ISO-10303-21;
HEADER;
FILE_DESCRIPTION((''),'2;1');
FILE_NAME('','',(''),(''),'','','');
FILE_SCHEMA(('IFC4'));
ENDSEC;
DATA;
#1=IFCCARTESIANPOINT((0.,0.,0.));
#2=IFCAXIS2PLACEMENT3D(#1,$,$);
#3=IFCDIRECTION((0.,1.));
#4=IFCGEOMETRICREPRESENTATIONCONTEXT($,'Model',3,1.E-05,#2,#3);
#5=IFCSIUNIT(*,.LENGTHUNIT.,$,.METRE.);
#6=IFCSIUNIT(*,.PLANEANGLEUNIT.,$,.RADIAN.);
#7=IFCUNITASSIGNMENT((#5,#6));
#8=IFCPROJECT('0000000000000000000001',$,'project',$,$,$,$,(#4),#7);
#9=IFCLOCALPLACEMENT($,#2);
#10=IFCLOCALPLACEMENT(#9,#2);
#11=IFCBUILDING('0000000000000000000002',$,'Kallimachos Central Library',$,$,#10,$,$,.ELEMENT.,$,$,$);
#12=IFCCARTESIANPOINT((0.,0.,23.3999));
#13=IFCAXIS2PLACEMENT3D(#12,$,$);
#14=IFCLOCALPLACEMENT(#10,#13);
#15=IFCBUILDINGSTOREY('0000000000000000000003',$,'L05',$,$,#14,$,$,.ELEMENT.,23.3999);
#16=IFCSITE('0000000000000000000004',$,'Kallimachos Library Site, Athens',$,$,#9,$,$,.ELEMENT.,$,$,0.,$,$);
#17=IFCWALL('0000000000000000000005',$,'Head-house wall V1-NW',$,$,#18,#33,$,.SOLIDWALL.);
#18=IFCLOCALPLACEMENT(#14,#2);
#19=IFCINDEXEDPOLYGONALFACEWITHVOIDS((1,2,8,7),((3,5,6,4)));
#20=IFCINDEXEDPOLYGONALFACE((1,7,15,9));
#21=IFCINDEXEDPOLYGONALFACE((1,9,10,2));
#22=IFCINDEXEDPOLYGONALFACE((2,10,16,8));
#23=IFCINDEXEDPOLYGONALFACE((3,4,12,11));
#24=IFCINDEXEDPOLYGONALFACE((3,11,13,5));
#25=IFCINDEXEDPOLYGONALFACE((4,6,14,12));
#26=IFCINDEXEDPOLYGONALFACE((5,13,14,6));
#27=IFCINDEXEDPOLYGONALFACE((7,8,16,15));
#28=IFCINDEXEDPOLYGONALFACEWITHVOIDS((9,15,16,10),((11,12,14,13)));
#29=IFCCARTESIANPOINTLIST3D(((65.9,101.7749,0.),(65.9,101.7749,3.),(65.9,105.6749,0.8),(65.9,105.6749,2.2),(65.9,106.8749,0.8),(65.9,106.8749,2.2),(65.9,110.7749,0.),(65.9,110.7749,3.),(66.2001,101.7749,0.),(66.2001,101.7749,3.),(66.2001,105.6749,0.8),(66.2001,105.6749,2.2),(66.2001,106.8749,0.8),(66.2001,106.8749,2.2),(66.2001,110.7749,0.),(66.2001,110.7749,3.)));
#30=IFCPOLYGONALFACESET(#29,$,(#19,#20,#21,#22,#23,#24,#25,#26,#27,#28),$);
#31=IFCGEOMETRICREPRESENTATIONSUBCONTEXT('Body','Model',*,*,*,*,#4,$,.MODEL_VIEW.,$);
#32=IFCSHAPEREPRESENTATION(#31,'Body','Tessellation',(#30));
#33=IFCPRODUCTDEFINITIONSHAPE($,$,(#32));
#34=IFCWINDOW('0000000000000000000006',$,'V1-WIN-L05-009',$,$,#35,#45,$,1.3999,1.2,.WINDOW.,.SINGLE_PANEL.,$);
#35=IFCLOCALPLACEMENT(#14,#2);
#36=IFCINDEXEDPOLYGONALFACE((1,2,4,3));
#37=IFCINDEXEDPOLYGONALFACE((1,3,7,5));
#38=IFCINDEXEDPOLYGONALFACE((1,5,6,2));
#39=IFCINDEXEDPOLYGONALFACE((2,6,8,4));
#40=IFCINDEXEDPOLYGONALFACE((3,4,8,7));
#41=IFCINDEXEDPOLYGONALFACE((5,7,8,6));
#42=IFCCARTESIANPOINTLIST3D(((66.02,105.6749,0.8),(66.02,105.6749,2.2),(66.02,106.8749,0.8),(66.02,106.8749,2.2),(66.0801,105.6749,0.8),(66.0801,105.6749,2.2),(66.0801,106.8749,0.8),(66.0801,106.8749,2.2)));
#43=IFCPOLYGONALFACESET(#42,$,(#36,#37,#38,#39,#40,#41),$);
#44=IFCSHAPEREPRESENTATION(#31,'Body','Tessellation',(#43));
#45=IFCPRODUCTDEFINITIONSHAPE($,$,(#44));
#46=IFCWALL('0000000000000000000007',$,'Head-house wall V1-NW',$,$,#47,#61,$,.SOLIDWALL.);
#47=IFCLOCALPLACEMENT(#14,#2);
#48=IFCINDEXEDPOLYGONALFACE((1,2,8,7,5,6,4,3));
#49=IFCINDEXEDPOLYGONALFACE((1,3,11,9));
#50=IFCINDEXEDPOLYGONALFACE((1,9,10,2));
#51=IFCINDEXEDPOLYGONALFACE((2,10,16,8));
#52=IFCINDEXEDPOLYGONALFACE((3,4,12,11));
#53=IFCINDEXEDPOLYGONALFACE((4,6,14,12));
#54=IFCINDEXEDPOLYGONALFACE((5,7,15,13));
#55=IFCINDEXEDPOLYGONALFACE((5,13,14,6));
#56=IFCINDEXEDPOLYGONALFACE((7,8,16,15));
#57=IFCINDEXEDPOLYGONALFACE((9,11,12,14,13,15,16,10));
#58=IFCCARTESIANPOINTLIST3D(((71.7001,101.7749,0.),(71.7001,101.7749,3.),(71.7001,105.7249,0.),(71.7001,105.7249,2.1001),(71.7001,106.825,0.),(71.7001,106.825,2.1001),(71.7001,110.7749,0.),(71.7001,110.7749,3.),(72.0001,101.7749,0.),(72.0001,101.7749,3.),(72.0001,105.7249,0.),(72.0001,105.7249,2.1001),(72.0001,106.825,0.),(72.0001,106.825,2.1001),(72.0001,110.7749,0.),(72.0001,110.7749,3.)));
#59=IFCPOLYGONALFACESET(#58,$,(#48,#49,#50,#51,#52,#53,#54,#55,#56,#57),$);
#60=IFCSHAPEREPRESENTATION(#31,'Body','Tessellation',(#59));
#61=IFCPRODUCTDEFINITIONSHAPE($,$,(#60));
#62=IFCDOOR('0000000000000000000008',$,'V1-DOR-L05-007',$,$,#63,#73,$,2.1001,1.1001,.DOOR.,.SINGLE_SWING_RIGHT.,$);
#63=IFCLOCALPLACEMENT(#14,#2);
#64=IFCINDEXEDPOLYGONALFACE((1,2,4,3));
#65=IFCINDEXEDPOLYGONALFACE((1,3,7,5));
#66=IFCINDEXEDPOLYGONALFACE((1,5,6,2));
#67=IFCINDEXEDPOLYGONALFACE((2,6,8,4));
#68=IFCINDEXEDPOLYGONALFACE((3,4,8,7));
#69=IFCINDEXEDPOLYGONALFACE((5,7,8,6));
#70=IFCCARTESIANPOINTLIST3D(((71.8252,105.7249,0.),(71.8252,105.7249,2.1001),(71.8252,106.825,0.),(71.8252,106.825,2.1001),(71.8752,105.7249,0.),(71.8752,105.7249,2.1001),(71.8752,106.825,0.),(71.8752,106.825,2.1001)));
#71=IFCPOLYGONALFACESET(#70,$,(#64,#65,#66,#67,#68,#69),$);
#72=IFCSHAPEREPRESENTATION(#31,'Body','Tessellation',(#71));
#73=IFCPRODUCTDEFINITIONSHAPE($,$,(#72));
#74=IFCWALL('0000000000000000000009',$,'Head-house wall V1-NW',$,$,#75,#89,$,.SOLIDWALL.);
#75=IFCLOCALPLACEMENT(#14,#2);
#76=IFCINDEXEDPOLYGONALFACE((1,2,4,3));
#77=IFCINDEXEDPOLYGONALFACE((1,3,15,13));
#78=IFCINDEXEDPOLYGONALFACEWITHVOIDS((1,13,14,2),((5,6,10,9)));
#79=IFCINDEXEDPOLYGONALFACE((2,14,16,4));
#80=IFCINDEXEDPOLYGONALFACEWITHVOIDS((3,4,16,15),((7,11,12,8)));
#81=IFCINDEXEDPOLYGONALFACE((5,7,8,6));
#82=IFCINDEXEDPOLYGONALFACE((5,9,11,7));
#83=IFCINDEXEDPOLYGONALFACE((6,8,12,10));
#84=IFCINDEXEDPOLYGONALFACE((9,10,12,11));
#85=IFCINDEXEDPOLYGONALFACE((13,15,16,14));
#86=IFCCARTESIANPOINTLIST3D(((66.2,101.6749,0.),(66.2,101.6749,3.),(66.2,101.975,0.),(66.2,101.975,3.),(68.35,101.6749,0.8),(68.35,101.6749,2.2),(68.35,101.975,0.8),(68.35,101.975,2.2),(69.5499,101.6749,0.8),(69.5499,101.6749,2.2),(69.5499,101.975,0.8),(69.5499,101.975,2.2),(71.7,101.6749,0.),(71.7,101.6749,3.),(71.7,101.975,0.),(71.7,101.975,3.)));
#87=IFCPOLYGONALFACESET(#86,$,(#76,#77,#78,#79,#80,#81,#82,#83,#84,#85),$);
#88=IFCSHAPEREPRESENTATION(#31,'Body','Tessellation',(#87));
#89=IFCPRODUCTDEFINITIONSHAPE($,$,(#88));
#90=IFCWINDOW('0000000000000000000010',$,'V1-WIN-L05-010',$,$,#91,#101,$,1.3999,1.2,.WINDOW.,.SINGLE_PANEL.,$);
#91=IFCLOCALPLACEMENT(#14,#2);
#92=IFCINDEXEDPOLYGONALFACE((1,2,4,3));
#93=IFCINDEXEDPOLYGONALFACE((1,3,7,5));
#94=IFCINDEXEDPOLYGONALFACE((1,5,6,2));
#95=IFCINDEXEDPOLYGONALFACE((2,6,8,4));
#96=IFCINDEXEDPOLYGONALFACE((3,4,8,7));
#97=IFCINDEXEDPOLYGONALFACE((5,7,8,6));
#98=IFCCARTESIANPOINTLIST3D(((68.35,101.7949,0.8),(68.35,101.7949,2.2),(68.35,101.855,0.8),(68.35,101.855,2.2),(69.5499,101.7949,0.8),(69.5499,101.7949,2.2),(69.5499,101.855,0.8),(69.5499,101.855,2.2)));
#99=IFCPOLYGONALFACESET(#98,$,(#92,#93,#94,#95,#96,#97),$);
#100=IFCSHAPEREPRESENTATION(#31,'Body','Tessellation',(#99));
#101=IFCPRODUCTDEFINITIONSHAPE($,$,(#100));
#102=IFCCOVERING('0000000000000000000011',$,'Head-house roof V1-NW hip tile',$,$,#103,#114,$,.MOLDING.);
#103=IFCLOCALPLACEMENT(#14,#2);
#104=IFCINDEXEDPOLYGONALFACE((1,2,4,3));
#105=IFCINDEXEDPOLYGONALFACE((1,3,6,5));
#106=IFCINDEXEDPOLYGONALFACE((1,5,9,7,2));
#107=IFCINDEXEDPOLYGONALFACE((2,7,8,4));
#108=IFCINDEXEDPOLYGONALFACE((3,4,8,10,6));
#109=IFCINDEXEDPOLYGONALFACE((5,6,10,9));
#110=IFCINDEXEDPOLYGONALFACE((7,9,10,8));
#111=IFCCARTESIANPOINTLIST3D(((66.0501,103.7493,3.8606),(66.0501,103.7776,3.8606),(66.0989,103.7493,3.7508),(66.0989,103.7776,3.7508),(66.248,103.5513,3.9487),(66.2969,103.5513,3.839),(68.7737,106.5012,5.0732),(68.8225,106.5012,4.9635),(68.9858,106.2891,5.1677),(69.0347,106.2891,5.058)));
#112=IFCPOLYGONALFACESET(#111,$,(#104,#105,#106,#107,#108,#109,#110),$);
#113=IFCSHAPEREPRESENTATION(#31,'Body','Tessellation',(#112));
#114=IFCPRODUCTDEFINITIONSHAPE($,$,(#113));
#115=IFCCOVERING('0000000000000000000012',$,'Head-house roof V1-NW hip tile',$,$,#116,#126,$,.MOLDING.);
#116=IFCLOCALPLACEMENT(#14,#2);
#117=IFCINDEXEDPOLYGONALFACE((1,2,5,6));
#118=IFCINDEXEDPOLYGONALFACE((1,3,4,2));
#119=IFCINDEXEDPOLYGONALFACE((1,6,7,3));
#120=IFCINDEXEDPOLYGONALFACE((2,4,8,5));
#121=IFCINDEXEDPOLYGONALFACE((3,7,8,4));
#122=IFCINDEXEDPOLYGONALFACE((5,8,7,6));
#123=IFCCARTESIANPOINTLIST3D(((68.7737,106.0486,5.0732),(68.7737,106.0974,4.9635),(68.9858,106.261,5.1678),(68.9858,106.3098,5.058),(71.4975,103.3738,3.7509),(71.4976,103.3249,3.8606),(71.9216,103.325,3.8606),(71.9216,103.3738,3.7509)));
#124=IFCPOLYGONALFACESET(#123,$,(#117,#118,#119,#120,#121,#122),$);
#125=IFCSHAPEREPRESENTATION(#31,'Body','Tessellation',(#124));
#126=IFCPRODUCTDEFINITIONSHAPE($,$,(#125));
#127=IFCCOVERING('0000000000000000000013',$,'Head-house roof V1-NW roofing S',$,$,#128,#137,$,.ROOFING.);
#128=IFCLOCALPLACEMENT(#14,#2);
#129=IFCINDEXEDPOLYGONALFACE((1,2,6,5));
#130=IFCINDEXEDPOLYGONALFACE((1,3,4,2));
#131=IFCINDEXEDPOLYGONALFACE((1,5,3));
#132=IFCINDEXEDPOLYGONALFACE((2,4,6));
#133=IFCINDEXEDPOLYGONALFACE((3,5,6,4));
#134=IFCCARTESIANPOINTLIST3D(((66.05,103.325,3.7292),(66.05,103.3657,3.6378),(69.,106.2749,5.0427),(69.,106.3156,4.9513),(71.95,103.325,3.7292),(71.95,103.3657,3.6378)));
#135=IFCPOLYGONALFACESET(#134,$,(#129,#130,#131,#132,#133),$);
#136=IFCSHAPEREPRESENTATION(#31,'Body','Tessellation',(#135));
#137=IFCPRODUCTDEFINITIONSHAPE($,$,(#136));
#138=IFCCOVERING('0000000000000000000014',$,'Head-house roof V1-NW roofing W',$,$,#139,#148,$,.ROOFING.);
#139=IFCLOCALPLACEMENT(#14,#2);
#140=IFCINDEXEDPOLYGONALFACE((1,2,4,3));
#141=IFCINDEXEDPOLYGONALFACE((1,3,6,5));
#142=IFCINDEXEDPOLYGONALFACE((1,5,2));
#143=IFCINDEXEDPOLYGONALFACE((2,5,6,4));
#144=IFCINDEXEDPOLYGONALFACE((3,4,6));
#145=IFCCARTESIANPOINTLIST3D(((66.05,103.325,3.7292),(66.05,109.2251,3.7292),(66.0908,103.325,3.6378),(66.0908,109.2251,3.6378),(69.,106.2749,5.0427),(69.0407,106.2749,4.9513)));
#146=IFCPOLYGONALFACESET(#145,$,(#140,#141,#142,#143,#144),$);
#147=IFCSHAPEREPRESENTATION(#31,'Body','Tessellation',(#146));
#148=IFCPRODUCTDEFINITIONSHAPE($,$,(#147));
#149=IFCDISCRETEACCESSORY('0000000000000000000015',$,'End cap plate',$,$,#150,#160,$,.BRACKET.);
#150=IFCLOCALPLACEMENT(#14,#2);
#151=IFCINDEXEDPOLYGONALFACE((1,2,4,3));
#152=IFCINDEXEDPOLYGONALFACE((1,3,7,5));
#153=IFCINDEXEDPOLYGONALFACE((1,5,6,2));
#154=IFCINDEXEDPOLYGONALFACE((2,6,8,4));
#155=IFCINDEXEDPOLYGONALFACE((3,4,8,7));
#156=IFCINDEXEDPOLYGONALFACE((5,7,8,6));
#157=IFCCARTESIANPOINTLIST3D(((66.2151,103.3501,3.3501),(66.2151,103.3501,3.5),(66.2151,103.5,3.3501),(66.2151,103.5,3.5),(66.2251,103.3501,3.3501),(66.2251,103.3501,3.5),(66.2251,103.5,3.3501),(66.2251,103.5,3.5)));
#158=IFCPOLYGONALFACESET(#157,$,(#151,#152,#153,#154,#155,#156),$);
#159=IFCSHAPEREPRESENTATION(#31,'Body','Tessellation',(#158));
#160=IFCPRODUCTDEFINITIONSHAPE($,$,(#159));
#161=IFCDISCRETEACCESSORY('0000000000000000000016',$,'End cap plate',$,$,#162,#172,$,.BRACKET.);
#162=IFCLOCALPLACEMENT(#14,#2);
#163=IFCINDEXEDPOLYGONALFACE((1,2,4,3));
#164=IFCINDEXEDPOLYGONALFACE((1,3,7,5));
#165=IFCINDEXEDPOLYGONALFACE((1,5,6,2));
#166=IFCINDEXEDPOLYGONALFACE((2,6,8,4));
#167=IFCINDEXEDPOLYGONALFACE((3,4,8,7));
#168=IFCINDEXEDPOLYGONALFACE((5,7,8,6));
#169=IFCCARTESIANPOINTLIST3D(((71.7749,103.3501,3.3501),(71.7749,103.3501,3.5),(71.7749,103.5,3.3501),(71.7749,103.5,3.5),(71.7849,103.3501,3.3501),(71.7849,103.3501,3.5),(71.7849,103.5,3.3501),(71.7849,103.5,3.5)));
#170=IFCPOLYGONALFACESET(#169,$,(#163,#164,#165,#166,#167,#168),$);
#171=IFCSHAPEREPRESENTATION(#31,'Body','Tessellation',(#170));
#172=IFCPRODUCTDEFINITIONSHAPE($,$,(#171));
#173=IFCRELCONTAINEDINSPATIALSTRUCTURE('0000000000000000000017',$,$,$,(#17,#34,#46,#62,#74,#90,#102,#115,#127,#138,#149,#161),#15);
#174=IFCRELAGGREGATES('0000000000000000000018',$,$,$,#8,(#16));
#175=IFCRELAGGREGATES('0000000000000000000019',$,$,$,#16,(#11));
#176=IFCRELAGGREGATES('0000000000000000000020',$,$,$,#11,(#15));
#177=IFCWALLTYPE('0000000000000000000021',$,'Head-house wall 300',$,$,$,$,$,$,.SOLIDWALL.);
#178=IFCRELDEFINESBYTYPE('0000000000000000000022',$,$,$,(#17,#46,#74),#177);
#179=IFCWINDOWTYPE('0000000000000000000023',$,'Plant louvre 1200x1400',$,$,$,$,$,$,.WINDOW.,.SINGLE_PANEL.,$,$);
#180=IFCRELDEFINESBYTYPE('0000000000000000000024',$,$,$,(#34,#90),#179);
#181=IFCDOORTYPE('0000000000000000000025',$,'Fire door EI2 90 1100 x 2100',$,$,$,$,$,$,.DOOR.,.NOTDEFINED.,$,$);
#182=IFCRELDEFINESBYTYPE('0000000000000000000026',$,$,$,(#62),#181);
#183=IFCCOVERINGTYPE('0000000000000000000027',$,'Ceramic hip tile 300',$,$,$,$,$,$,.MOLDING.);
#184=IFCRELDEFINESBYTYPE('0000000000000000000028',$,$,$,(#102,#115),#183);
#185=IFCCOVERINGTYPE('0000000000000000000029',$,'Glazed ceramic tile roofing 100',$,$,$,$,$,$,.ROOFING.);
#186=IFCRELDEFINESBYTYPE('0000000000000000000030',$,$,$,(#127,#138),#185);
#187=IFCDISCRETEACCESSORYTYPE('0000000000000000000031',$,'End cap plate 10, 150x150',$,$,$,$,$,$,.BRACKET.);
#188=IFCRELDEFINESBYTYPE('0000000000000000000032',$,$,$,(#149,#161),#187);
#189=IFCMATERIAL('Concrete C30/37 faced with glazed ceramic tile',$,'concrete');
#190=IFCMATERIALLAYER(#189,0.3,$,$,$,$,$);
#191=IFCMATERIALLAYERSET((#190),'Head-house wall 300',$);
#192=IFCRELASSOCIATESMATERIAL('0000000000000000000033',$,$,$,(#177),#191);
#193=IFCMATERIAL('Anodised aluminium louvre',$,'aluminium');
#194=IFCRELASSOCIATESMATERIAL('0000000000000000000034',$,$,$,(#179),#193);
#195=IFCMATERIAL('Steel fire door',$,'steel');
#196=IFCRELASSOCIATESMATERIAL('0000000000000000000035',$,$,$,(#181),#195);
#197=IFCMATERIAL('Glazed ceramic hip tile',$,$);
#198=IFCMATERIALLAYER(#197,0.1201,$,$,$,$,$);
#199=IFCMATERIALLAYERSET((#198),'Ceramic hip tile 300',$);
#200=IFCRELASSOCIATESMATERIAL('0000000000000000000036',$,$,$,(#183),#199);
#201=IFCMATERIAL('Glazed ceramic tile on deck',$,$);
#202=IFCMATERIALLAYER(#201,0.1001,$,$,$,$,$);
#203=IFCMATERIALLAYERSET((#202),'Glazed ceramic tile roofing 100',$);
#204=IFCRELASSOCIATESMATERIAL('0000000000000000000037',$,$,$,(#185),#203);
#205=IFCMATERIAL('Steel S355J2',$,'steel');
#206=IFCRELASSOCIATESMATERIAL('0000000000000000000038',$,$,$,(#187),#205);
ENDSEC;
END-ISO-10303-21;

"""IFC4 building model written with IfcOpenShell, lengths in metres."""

from ifc_helpers import new_model, si_unit, direction, frame, frame_2d, origin, origin_2d, place, context, subcontext, project, spatial, polyline, rectangle, outline, extrude, material, layer, layer_set, material_profile, profile_set, type_object, element, fill, save


model = new_model("IFC4")

# Units and contexts
model_context = context("Model", 3, precision=1e-05, world=origin(), true_north=direction((0.0, 1.0)))
body_context = subcontext(model_context, "Body", "Model", "MODEL_VIEW")
ifc_project = project(units=[si_unit("LENGTHUNIT", "METRE"), si_unit("PLANEANGLEUNIT", "RADIAN")], contexts=[model_context])

# Site, building, storey
site_placement = place(None, origin())
site = spatial("IfcSite", under=ifc_project, at=site_placement, Name="Kallimachos Library Site, Athens", CompositionType="ELEMENT", RefElevation=0.0)
building_placement = place(site_placement, origin())
building = spatial("IfcBuilding", under=site, at=building_placement, Name="Kallimachos Central Library", CompositionType="ELEMENT")
storey_placement = place(building_placement, frame((0.0, 0.0, 23.3999)))
storey = spatial("IfcBuildingStorey", under=building, at=storey_placement, Name="L05", CompositionType="ELEMENT", Elevation=23.3999)

# Wall, opening, window
ifc_material_1 = material(Name="Concrete C30/37 faced with glazed ceramic tile", Category="concrete")
ifc_layer_1 = layer(ifc_material_1, 0.3)
ifc_layer_set_1 = layer_set([ifc_layer_1], Name="Head-house wall 300")
wall_type_1 = type_object("IfcWallType", Name="Head-house wall 300", PredefinedType="SOLIDWALL", material=ifc_layer_set_1)
wall_1_placement = place(storey_placement, frame((66.05, 101.7749, 0.0), z_axis=(0.0, 0.0, 1.0), x_axis=(0.0, 1.0, 0.0)))
wall_1 = element("IfcWall", 1, at=wall_1_placement, inside=storey, type_object=wall_type_1, Name="Head-house wall V1-NW", PredefinedType="SOLIDWALL", context=body_context, shape_type="SweptSolid", body=[
    extrude(rectangle(XDim=9.0, YDim=0.3, at=frame_2d((4.5, 0.0))), origin(), (0.0, 0.0, 1.0), 3.0),
])
opening_1_placement = place(wall_1_placement, frame((3.8999, 0.0, 0.8)))
opening_1 = element("IfcOpeningElement", 2, at=opening_1_placement, cuts=wall_1, PredefinedType="OPENING", context=body_context, shape_type="SweptSolid", body=[
    extrude(rectangle(XDim=1.2, YDim=1.3999, at=frame_2d((0.6001, 0.7))), frame((0.0, 0.1599, 0.0), z_axis=(0.0, -1.0, 0.0), x_axis=(1.0, 0.0, 0.0)), (0.0, 0.0, 1.0), 0.3201),
])
ifc_material_2 = material(Name="Anodised aluminium louvre", Category="aluminium")
window_type = type_object("IfcWindowType", Name="Plant louvre 1200x1400", PartitioningType="SINGLE_PANEL", PredefinedType="WINDOW", material=ifc_material_2)
window_1_placement = place(opening_1_placement, origin())
window_1 = element("IfcWindow", 3, at=window_1_placement, inside=storey, type_object=window_type, Name="V1-WIN-L05-009", OverallHeight=1.3999, OverallWidth=1.2, PartitioningType="SINGLE_PANEL", PredefinedType="WINDOW", context=body_context, shape_type="SweptSolid", body=[
    extrude(rectangle(XDim=1.2, YDim=1.3999, at=frame_2d((0.6001, 0.7))), frame((0.0, 0.03, 0.0), z_axis=(0.0, -1.0, 0.0), x_axis=(1.0, 0.0, 0.0)), (0.0, 0.0, 1.0), 0.0601),
])
fill(opening_1, window_1)

# Wall, opening, door
wall_2_placement = place(storey_placement, frame((71.8501, 101.7749, 0.0), z_axis=(0.0, 0.0, 1.0), x_axis=(0.0, 1.0, 0.0)))
wall_2 = element("IfcWall", 4, at=wall_2_placement, inside=storey, type_object=wall_type_1, Name="Head-house wall V1-NW", PredefinedType="SOLIDWALL", context=body_context, shape_type="SweptSolid", body=[
    extrude(rectangle(XDim=9.0, YDim=0.3, at=frame_2d((4.5, 0.0))), origin(), (0.0, 0.0, 1.0), 3.0),
])
opening_2_placement = place(wall_2_placement, frame((3.95, 0.0, 0.0)))
opening_2 = element("IfcOpeningElement", 5, at=opening_2_placement, cuts=wall_2, PredefinedType="OPENING", context=body_context, shape_type="SweptSolid", body=[
    extrude(rectangle(XDim=1.1001, YDim=2.1001, at=frame_2d((0.55, 1.05))), frame((0.0, 0.1599, 0.0), z_axis=(0.0, -1.0, 0.0), x_axis=(1.0, 0.0, 0.0)), (0.0, 0.0, 1.0), 0.3201),
])
ifc_material_3 = material(Name="Steel fire door", Category="steel")
door_type = type_object("IfcDoorType", Name="Fire door EI2 90 1100 x 2100", OperationType="NOTDEFINED", PredefinedType="DOOR", material=ifc_material_3)
door_placement = place(opening_2_placement, origin())
door = element("IfcDoor", 6, at=door_placement, inside=storey, type_object=door_type, Name="V1-DOR-L05-007", OperationType="SINGLE_SWING_RIGHT", OverallHeight=2.1001, OverallWidth=1.1001, PredefinedType="DOOR", context=body_context, shape_type="SweptSolid", body=[
    extrude(rectangle(XDim=1.1001, YDim=2.1001, at=frame_2d((0.55, 1.05))), frame((0.0, 0.0249, 0.0), z_axis=(0.0, -1.0, 0.0), x_axis=(1.0, 0.0, 0.0)), (0.0, 0.0, 1.0), 0.05),
])
fill(opening_2, door)

# Wall, opening, window
wall_3_placement = place(storey_placement, frame((66.2, 101.825, 0.0), z_axis=(0.0, 0.0, 1.0), x_axis=(1.0, 0.0, 0.0)))
wall_3 = element("IfcWall", 7, at=wall_3_placement, inside=storey, type_object=wall_type_1, Name="Head-house wall V1-NW", PredefinedType="SOLIDWALL", context=body_context, shape_type="SweptSolid", body=[
    extrude(rectangle(XDim=5.5, YDim=0.3, at=frame_2d((2.75, 0.0))), origin(), (0.0, 0.0, 1.0), 3.0),
])
opening_3_placement = place(wall_3_placement, frame((2.1499, 0.0, 0.8)))
opening_3 = element("IfcOpeningElement", 8, at=opening_3_placement, cuts=wall_3, PredefinedType="OPENING", context=body_context, shape_type="SweptSolid", body=[
    extrude(rectangle(XDim=1.2, YDim=1.3999, at=frame_2d((0.6001, 0.7))), frame((0.0, 0.1599, 0.0), z_axis=(0.0, -1.0, 0.0), x_axis=(1.0, 0.0, 0.0)), (0.0, 0.0, 1.0), 0.3201),
])
window_2_placement = place(opening_3_placement, origin())
window_2 = element("IfcWindow", 9, at=window_2_placement, inside=storey, type_object=window_type, Name="V1-WIN-L05-010", OverallHeight=1.3999, OverallWidth=1.2, PartitioningType="SINGLE_PANEL", PredefinedType="WINDOW", context=body_context, shape_type="SweptSolid", body=[
    extrude(rectangle(XDim=1.2, YDim=1.3999, at=frame_2d((0.6001, 0.7))), frame((0.0, 0.03, 0.0), z_axis=(0.0, -1.0, 0.0), x_axis=(1.0, 0.0, 0.0)), (0.0, 0.0, 1.0), 0.0601),
])
fill(opening_3, window_2)

# Coverings
ifc_material_4 = material(Name="Glazed ceramic hip tile")
ifc_layer_2 = layer(ifc_material_4, 0.1201)
ifc_layer_set_2 = layer_set([ifc_layer_2], Name="Ceramic hip tile 300")
covering_type_1 = type_object("IfcCoveringType", Name="Ceramic hip tile 300", PredefinedType="MOLDING", material=ifc_layer_set_2)
covering_1_placement = place(storey_placement, frame((66.248, 103.5513, 3.9487), z_axis=(-0.406744, 0.0, 0.913542), x_axis=(-0.674458, 0.674485, -0.300294)))
element("IfcCovering", 10, at=covering_1_placement, inside=storey, type_object=covering_type_1, Name="Head-house roof V1-NW hip tile", PredefinedType="MOLDING", context=body_context, shape_type="SweptSolid", body=[
    extrude(outline(polyline([(0.0, 0.0), (0.2936, 0.0), (0.3127, -0.0209), (-0.0514, -4.0426), (-0.366, -4.0427), (0.0, 0.0)])), origin(), (0.0, 0.0, -1.0), 0.1201),
])
covering_2_placement = place(storey_placement, frame((71.9216, 103.325, 3.8606), z_axis=(0.000089, -0.406653, 0.913583), x_axis=(-1.0, -0.000036, 0.000081)))
element("IfcCovering", 11, at=covering_2_placement, inside=storey, type_object=covering_type_1, Name="Head-house roof V1-NW hip tile", PredefinedType="MOLDING", context=body_context, shape_type="SweptSolid", body=[
    extrude(outline(polyline([(0.0, 0.0), (0.4241, 0.0), (3.1479, -2.9814), (2.9358, -3.2139), (0.0, 0.0)])), origin(), (0.0, 0.0, -1.0), 0.1201),
])
ifc_material_5 = material(Name="Glazed ceramic tile on deck")
ifc_layer_3 = layer(ifc_material_5, 0.1001)
ifc_layer_set_3 = layer_set([ifc_layer_3], Name="Glazed ceramic tile roofing 100")
covering_type_2 = type_object("IfcCoveringType", Name="Glazed ceramic tile roofing 100", PredefinedType="ROOFING", material=ifc_layer_set_3)
covering_3_placement = place(storey_placement, frame((66.05, 103.325, 3.7292), z_axis=(0.0, -0.406756, 0.913537), x_axis=(1.0, 0.0, 0.0)))
element("IfcCovering", 12, at=covering_3_placement, inside=storey, type_object=covering_type_2, Name="Head-house roof V1-NW roofing S", PredefinedType="ROOFING", context=body_context, shape_type="SweptSolid", body=[
    extrude(outline(polyline([(0.0, 0.0), (5.8999, 0.0), (2.95, 3.2292), (0.0, 0.0)])), origin(), (0.0, 0.0, -1.0), 0.1001),
])
covering_4_placement = place(storey_placement, frame((66.05, 103.325, 3.7292), z_axis=(-0.406756, 0.0, 0.913537), x_axis=(0.674468, 0.674468, 0.300309)))
element("IfcCovering", 13, at=covering_4_placement, inside=storey, type_object=covering_type_2, Name="Head-house roof V1-NW roofing W", PredefinedType="ROOFING", context=body_context, shape_type="SweptSolid", body=[
    extrude(outline(polyline([(0.0, 0.0), (4.3737, 0.0), (3.9795, 4.3561), (0.0, 0.0)])), origin(), (0.0, 0.0, -1.0), 0.1001),
])

# Discrete accessories
ifc_material_6 = material(Name="Steel S355J2", Category="steel")
ifc_material_profile_1 = material_profile(ifc_material_6, rectangle(XDim=0.1499, YDim=0.1499, at=origin_2d()), Name="End cap plate 10, 150x150")
ifc_profile_set_1 = profile_set([ifc_material_profile_1], Name="Steel S355J2")
discrete_accessory_type = type_object("IfcDiscreteAccessoryType", Name="End cap plate 10, 150x150", PredefinedType="BRACKET", material=ifc_profile_set_1)
for number, where, z_axis, x_axis, name in (
    (14, (66.2151, 103.425, 3.425), (1.0, 0.0, 0.0), (0.0, 1.0, 0.0), "End cap plate"),
    (15, (71.7749, 103.425, 3.425), (1.0, 0.0, 0.0), (0.0, 1.0, 0.0), "End cap plate"),
):
    element("IfcDiscreteAccessory", number, at=place(storey_placement, frame(where, z_axis=z_axis, x_axis=x_axis)), inside=storey, type_object=discrete_accessory_type, Name=name, PredefinedType="BRACKET", context=body_context, shape_type="SweptSolid", body=[
        extrude(rectangle(XDim=0.1499, YDim=0.1499, at=origin_2d()), origin(), (0.0, 0.0, 1.0), 0.01),
    ])

save(model, "model.ifc")
